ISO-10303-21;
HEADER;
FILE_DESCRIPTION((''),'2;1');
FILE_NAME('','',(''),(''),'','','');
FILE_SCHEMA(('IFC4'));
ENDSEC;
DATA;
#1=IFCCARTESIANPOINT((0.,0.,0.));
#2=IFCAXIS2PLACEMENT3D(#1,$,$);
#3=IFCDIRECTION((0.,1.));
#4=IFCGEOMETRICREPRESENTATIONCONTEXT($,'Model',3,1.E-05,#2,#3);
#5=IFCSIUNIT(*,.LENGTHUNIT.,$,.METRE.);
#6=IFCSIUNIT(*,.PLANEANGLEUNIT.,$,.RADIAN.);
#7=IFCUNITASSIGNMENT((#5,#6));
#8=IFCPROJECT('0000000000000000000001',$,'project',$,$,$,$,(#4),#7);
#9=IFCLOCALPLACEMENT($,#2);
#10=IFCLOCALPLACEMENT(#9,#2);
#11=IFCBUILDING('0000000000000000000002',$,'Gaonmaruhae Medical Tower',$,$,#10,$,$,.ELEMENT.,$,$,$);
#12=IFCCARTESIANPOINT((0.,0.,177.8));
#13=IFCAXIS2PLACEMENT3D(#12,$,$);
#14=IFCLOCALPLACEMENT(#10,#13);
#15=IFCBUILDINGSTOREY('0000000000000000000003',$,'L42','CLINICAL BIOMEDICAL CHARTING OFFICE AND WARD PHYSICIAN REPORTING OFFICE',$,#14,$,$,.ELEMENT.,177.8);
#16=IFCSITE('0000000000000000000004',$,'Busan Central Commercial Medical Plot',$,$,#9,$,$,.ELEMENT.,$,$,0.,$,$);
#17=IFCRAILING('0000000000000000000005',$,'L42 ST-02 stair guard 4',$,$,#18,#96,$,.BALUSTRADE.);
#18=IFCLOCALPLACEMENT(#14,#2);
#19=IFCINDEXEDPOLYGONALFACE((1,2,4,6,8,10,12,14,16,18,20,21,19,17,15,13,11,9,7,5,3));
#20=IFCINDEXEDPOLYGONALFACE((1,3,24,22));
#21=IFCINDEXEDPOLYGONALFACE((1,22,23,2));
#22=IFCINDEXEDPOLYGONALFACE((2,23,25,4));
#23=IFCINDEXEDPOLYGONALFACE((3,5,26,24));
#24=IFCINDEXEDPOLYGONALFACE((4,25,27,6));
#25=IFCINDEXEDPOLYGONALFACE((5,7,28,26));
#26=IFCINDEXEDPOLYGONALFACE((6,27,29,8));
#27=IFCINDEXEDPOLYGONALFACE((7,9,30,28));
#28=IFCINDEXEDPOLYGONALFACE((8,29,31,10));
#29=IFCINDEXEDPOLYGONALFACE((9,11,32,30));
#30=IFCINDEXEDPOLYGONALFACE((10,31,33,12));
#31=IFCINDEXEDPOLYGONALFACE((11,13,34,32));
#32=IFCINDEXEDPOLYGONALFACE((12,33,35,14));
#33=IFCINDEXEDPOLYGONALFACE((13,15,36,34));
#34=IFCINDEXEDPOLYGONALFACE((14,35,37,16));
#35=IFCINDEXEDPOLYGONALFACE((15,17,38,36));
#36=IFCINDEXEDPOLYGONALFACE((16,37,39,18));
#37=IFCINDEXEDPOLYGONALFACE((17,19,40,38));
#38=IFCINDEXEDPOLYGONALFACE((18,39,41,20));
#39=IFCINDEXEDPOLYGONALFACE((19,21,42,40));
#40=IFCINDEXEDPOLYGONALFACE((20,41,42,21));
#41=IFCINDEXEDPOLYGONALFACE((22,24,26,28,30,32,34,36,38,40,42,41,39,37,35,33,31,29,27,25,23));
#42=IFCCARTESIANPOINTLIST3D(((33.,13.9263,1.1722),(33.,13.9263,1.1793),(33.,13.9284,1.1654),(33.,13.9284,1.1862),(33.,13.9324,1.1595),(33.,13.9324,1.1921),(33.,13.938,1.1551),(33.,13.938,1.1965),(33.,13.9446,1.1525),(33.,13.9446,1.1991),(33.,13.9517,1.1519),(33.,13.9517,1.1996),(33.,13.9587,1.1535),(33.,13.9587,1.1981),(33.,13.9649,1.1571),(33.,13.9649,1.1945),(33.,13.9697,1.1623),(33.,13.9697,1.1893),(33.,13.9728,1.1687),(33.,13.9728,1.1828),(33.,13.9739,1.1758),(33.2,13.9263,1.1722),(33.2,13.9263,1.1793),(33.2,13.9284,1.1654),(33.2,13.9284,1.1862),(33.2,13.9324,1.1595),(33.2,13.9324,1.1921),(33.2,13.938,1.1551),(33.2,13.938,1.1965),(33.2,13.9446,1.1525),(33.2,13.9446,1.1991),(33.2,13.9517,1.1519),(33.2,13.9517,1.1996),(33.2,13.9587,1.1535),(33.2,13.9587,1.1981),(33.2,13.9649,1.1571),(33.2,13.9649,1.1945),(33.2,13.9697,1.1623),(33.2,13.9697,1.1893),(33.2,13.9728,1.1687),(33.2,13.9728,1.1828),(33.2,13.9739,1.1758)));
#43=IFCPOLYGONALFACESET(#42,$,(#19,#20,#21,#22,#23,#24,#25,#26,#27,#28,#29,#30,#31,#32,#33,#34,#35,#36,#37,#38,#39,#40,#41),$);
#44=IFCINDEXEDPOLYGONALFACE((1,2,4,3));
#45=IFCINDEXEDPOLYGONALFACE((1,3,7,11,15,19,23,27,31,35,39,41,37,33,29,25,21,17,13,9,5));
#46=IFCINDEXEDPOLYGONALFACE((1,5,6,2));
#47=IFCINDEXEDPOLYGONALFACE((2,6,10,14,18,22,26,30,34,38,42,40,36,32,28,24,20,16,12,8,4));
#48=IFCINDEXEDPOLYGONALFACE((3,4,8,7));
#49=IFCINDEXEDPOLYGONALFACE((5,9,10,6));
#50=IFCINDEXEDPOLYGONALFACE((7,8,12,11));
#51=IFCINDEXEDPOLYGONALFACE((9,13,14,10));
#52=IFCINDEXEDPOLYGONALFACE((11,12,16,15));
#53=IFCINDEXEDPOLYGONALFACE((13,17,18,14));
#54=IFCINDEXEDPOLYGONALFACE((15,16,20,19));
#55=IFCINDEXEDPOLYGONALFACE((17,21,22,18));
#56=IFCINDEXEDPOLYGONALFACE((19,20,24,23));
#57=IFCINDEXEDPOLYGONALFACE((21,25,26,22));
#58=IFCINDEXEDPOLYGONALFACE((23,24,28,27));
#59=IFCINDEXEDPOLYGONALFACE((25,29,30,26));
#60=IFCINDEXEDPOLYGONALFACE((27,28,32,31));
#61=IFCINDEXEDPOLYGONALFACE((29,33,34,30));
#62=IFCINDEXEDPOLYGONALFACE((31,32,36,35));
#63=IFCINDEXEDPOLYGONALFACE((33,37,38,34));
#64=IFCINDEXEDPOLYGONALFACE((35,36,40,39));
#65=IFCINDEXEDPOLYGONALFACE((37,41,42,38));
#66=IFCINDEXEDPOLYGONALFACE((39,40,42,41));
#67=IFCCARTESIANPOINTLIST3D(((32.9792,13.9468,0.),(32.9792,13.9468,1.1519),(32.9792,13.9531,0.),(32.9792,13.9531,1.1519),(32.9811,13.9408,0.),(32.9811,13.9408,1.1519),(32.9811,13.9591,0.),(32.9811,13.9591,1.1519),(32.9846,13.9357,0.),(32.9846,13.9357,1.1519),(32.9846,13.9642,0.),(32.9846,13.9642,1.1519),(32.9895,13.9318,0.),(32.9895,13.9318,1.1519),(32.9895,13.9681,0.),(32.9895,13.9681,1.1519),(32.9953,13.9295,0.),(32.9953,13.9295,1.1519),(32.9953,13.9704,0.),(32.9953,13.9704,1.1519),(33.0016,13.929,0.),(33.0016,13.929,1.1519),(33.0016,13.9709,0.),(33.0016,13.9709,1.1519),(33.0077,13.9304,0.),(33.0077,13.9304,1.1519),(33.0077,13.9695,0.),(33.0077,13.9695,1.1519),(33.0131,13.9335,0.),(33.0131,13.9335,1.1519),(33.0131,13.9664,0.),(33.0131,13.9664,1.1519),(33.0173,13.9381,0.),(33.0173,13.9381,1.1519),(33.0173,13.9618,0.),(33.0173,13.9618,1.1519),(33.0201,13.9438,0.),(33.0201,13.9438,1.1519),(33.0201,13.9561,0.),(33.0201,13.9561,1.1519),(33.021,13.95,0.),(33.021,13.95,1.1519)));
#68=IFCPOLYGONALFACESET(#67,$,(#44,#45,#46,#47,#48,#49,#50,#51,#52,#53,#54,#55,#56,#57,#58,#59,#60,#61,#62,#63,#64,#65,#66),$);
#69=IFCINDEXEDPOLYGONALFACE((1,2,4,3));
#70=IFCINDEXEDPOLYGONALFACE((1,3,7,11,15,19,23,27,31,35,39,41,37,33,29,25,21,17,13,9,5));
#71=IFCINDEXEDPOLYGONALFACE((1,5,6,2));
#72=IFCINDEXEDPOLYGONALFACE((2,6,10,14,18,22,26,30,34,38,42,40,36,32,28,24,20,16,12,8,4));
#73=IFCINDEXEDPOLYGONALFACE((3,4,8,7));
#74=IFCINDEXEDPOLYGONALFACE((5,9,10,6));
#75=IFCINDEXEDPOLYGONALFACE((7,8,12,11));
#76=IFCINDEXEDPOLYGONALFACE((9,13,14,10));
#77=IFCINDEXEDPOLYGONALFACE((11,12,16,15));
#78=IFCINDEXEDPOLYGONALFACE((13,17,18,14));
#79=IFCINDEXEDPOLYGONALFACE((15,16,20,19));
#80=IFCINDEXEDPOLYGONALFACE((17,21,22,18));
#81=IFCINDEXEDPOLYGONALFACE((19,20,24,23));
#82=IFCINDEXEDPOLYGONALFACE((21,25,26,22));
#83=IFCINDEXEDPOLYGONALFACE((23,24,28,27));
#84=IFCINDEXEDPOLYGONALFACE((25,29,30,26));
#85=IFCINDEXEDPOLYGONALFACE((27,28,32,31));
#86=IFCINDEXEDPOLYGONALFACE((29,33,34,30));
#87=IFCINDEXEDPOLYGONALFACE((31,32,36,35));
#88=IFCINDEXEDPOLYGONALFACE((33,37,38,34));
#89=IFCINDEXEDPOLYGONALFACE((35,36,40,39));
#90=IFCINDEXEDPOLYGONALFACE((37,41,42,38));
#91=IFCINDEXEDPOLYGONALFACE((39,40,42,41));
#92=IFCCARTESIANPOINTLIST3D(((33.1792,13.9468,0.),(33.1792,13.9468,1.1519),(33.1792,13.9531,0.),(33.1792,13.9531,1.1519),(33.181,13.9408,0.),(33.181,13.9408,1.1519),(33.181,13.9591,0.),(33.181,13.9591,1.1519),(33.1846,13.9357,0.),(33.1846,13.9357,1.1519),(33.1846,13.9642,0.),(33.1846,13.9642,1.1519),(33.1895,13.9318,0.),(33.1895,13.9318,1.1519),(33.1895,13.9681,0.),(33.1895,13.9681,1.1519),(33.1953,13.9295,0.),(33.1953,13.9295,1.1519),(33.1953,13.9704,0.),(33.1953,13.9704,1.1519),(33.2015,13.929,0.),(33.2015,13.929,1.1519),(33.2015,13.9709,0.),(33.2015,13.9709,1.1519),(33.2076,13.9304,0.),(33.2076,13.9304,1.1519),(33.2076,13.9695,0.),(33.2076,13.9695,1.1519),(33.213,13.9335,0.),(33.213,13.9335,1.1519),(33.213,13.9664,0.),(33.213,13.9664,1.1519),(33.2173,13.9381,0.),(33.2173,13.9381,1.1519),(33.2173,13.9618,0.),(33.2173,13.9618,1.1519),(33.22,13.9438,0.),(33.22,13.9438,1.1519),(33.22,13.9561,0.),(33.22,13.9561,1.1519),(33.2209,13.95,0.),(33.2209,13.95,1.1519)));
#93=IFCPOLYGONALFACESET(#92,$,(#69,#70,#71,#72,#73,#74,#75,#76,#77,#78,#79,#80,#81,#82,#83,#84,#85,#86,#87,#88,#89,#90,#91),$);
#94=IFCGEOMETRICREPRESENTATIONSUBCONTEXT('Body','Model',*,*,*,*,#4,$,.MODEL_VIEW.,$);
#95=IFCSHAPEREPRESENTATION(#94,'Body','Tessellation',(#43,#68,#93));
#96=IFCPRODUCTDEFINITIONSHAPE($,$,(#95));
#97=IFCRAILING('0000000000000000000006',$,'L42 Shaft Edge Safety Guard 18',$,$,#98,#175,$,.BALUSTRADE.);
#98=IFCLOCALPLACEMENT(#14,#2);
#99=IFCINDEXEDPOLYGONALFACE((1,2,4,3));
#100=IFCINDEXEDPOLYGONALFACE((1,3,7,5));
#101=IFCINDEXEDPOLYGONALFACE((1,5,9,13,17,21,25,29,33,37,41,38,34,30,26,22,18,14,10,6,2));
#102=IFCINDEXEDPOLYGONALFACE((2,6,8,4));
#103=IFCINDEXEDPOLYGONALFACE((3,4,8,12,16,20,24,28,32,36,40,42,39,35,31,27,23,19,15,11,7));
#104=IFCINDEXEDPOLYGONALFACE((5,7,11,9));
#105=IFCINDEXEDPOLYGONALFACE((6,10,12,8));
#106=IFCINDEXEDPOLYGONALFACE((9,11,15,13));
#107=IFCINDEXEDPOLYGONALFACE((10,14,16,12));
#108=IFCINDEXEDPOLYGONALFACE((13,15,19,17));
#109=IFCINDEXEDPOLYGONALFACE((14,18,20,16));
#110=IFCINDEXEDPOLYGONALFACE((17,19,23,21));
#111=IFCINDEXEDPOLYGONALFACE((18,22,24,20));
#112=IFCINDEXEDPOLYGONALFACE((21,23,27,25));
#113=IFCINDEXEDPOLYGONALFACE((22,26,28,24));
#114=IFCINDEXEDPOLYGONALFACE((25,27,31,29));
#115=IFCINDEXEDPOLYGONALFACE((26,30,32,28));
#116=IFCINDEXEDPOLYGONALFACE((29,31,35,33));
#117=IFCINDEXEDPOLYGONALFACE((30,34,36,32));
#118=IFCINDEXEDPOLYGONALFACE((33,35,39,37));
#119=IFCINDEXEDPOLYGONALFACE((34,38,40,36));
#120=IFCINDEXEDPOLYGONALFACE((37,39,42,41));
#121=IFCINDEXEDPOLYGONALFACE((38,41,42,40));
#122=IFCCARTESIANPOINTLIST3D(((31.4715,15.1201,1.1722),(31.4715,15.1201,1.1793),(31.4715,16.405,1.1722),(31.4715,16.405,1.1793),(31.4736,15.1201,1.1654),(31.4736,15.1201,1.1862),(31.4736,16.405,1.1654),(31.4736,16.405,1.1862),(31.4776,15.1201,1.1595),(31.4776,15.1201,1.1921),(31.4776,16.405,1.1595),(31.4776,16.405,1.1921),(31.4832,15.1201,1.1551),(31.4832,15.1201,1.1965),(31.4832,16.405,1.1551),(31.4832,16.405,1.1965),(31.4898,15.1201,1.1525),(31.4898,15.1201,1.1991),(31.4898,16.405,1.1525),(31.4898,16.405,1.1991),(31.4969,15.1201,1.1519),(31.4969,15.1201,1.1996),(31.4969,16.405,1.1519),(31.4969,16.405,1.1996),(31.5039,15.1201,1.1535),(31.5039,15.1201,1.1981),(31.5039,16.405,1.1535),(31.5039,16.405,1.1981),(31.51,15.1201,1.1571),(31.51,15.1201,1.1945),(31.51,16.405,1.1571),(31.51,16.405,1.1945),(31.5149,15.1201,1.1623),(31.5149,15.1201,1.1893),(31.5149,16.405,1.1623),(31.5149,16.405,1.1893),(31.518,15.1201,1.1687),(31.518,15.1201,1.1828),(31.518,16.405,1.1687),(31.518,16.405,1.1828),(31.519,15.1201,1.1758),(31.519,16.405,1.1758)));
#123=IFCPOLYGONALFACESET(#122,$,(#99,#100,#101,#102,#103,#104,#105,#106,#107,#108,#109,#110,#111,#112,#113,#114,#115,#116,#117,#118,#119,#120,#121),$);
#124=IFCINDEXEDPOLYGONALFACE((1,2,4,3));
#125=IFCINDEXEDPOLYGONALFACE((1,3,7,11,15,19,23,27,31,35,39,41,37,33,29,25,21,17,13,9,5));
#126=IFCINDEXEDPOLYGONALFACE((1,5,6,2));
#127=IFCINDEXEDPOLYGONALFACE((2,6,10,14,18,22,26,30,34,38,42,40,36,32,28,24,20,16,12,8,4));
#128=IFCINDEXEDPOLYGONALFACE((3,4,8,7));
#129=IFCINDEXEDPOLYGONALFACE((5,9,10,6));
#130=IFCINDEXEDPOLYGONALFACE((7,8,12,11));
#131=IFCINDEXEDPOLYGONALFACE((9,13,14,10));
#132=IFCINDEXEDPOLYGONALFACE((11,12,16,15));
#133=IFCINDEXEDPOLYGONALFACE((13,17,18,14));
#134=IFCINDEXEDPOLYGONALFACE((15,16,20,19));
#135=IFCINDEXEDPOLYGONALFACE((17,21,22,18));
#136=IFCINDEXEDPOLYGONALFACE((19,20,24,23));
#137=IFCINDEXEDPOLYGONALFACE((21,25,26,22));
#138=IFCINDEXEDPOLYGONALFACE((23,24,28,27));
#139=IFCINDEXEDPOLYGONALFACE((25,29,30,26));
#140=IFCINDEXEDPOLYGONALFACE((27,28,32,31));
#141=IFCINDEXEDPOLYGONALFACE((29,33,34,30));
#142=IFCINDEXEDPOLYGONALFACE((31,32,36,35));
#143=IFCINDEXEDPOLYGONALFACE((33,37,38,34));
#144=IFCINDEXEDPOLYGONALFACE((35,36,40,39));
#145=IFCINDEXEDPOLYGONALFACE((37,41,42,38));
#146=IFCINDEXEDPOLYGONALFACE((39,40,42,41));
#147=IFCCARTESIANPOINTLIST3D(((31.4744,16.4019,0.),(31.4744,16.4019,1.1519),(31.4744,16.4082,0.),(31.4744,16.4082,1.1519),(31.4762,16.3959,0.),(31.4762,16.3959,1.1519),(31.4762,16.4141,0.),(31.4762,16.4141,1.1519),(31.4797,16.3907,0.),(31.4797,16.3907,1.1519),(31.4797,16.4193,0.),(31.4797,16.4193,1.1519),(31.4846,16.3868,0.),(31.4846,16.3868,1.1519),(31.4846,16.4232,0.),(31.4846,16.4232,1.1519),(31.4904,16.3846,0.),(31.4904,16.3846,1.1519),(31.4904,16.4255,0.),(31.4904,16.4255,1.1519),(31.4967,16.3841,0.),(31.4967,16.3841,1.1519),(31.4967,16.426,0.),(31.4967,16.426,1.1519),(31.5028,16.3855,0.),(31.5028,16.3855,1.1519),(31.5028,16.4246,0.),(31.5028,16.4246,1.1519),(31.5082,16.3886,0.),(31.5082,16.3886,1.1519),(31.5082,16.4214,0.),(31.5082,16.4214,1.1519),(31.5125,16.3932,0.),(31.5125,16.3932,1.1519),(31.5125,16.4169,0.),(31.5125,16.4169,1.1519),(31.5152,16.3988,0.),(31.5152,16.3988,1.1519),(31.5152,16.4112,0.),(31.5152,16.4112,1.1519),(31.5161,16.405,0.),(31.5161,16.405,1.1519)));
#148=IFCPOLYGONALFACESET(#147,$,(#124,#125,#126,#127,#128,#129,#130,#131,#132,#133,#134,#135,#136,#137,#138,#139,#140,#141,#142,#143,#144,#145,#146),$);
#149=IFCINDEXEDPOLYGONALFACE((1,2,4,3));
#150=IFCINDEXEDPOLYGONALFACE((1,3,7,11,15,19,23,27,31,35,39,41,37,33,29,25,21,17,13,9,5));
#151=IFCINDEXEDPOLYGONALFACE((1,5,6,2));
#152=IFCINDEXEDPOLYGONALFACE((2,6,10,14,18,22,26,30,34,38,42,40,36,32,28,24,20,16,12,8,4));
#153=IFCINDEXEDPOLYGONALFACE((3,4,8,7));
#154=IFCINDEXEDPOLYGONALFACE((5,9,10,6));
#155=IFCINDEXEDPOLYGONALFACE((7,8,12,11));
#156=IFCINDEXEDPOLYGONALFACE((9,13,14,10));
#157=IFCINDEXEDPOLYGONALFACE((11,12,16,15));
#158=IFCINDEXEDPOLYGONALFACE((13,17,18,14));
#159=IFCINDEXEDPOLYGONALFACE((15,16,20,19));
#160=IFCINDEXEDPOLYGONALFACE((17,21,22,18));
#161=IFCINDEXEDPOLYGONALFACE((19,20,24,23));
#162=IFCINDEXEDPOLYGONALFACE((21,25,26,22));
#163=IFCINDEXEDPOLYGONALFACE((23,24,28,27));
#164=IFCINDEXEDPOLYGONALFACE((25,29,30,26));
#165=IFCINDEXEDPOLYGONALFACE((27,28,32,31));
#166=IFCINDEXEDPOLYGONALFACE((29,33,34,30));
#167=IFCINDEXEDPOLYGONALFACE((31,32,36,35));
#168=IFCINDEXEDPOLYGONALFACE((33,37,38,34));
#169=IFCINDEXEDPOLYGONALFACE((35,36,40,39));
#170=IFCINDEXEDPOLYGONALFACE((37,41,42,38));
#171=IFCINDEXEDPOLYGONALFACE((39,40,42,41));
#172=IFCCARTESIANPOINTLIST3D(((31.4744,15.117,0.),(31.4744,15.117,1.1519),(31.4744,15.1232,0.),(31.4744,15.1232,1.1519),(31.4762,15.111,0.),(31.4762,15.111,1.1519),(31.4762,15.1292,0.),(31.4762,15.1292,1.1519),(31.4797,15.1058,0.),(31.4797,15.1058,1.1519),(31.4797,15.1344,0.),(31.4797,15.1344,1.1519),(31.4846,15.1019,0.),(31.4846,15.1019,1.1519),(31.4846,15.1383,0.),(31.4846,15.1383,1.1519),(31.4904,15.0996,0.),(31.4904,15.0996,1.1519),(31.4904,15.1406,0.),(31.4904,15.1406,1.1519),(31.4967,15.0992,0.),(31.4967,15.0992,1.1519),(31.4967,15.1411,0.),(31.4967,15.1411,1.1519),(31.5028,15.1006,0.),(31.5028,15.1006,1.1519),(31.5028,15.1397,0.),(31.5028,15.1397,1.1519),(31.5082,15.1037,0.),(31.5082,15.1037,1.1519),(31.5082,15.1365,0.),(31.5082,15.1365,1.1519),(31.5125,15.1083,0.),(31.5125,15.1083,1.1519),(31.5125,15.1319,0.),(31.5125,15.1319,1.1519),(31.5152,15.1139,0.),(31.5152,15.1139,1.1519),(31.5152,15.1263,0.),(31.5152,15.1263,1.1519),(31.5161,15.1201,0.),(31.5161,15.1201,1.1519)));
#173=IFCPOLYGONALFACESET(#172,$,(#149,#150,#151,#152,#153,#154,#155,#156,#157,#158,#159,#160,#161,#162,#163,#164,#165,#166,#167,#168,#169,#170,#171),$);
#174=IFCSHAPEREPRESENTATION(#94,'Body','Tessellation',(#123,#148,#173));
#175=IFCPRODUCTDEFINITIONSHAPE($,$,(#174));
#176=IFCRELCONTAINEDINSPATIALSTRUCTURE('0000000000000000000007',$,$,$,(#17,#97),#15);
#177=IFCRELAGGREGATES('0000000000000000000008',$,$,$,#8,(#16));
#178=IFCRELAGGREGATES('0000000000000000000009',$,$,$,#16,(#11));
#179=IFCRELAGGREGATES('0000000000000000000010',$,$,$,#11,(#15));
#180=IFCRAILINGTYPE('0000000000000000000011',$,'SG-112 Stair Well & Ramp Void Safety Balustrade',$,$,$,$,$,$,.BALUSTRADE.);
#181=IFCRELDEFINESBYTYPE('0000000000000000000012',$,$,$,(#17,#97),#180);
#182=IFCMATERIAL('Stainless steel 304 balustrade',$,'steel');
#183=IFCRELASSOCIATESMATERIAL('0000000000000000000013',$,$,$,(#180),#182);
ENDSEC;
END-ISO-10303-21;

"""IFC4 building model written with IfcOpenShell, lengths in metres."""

from ifc_helpers import new_model, si_unit, direction, frame, origin, origin_2d, place, context, subcontext, project, spatial, circle, extrude, material, type_object, element, save


model = new_model("IFC4")

# Units and contexts
model_context = context("Model", 3, precision=1e-05, world=origin(), true_north=direction((0.0, 1.0)))
body_context = subcontext(model_context, "Body", "Model", "MODEL_VIEW")
ifc_project = project(units=[si_unit("LENGTHUNIT", "METRE"), si_unit("PLANEANGLEUNIT", "RADIAN")], contexts=[model_context])

# Site, building, storey
site_placement = place(None, origin())
site = spatial("IfcSite", under=ifc_project, at=site_placement, Name="Busan Central Commercial Medical Plot", CompositionType="ELEMENT", RefElevation=0.0)
building_placement = place(site_placement, origin())
building = spatial("IfcBuilding", under=site, at=building_placement, Name="Gaonmaruhae Medical Tower", CompositionType="ELEMENT")
storey_placement = place(building_placement, frame((0.0, 0.0, 177.8)))
storey = spatial("IfcBuildingStorey", under=building, at=storey_placement, Name="L42", Description="CLINICAL BIOMEDICAL CHARTING OFFICE AND WARD PHYSICIAN REPORTING OFFICE", CompositionType="ELEMENT", Elevation=177.8)

# Railings
ifc_material_1 = material(Name="Stainless steel 304 balustrade", Category="steel")
railing_type_1 = type_object("IfcRailingType", Name="SG-112 Stair Well & Ramp Void Safety Balustrade", PredefinedType="BALUSTRADE", material=ifc_material_1)
railing_1_placement = place(storey_placement, frame((33.0, 13.95, 0.0)))
element("IfcRailing", 1, at=railing_1_placement, inside=storey, type_object=railing_type_1, Name="L42 ST-02 stair guard 4", PredefinedType="BALUSTRADE", context=body_context, shape_type="SweptSolid", body=[
    extrude(circle(Radius=0.0239, at=origin_2d()), frame((0.0, 0.0, 1.1758), z_axis=(1.0, 0.0, 0.0), x_axis=(0.0, 1.0, 0.0)), (0.0, 0.0, 1.0), 0.2),
    extrude(circle(Radius=0.021, at=origin_2d()), origin(), (0.0, 0.0, 1.0), 1.1519),
    extrude(circle(Radius=0.021, at=origin_2d()), frame((0.2, 0.0, 0.0)), (0.0, 0.0, 1.0), 1.1519),
])
railing_2_placement = place(storey_placement, frame((31.4951, 16.405, 0.0)))
element("IfcRailing", 2, at=railing_2_placement, inside=storey, type_object=railing_type_1, Name="L42 Shaft Edge Safety Guard 18", PredefinedType="BALUSTRADE", context=body_context, shape_type="SweptSolid", body=[
    extrude(circle(Radius=0.0239, at=origin_2d()), frame((0.0, 0.0, 1.1758), z_axis=(0.0, -1.0, 0.0), x_axis=(1.0, 0.0, 0.0)), (0.0, 0.0, 1.0), 1.2849),
    extrude(circle(Radius=0.021, at=origin_2d()), origin(), (0.0, 0.0, 1.0), 1.1519),
    extrude(circle(Radius=0.021, at=origin_2d()), frame((0.0, -1.2849, 0.0)), (0.0, 0.0, 1.0), 1.1519),
])

save(model, "model.ifc")
